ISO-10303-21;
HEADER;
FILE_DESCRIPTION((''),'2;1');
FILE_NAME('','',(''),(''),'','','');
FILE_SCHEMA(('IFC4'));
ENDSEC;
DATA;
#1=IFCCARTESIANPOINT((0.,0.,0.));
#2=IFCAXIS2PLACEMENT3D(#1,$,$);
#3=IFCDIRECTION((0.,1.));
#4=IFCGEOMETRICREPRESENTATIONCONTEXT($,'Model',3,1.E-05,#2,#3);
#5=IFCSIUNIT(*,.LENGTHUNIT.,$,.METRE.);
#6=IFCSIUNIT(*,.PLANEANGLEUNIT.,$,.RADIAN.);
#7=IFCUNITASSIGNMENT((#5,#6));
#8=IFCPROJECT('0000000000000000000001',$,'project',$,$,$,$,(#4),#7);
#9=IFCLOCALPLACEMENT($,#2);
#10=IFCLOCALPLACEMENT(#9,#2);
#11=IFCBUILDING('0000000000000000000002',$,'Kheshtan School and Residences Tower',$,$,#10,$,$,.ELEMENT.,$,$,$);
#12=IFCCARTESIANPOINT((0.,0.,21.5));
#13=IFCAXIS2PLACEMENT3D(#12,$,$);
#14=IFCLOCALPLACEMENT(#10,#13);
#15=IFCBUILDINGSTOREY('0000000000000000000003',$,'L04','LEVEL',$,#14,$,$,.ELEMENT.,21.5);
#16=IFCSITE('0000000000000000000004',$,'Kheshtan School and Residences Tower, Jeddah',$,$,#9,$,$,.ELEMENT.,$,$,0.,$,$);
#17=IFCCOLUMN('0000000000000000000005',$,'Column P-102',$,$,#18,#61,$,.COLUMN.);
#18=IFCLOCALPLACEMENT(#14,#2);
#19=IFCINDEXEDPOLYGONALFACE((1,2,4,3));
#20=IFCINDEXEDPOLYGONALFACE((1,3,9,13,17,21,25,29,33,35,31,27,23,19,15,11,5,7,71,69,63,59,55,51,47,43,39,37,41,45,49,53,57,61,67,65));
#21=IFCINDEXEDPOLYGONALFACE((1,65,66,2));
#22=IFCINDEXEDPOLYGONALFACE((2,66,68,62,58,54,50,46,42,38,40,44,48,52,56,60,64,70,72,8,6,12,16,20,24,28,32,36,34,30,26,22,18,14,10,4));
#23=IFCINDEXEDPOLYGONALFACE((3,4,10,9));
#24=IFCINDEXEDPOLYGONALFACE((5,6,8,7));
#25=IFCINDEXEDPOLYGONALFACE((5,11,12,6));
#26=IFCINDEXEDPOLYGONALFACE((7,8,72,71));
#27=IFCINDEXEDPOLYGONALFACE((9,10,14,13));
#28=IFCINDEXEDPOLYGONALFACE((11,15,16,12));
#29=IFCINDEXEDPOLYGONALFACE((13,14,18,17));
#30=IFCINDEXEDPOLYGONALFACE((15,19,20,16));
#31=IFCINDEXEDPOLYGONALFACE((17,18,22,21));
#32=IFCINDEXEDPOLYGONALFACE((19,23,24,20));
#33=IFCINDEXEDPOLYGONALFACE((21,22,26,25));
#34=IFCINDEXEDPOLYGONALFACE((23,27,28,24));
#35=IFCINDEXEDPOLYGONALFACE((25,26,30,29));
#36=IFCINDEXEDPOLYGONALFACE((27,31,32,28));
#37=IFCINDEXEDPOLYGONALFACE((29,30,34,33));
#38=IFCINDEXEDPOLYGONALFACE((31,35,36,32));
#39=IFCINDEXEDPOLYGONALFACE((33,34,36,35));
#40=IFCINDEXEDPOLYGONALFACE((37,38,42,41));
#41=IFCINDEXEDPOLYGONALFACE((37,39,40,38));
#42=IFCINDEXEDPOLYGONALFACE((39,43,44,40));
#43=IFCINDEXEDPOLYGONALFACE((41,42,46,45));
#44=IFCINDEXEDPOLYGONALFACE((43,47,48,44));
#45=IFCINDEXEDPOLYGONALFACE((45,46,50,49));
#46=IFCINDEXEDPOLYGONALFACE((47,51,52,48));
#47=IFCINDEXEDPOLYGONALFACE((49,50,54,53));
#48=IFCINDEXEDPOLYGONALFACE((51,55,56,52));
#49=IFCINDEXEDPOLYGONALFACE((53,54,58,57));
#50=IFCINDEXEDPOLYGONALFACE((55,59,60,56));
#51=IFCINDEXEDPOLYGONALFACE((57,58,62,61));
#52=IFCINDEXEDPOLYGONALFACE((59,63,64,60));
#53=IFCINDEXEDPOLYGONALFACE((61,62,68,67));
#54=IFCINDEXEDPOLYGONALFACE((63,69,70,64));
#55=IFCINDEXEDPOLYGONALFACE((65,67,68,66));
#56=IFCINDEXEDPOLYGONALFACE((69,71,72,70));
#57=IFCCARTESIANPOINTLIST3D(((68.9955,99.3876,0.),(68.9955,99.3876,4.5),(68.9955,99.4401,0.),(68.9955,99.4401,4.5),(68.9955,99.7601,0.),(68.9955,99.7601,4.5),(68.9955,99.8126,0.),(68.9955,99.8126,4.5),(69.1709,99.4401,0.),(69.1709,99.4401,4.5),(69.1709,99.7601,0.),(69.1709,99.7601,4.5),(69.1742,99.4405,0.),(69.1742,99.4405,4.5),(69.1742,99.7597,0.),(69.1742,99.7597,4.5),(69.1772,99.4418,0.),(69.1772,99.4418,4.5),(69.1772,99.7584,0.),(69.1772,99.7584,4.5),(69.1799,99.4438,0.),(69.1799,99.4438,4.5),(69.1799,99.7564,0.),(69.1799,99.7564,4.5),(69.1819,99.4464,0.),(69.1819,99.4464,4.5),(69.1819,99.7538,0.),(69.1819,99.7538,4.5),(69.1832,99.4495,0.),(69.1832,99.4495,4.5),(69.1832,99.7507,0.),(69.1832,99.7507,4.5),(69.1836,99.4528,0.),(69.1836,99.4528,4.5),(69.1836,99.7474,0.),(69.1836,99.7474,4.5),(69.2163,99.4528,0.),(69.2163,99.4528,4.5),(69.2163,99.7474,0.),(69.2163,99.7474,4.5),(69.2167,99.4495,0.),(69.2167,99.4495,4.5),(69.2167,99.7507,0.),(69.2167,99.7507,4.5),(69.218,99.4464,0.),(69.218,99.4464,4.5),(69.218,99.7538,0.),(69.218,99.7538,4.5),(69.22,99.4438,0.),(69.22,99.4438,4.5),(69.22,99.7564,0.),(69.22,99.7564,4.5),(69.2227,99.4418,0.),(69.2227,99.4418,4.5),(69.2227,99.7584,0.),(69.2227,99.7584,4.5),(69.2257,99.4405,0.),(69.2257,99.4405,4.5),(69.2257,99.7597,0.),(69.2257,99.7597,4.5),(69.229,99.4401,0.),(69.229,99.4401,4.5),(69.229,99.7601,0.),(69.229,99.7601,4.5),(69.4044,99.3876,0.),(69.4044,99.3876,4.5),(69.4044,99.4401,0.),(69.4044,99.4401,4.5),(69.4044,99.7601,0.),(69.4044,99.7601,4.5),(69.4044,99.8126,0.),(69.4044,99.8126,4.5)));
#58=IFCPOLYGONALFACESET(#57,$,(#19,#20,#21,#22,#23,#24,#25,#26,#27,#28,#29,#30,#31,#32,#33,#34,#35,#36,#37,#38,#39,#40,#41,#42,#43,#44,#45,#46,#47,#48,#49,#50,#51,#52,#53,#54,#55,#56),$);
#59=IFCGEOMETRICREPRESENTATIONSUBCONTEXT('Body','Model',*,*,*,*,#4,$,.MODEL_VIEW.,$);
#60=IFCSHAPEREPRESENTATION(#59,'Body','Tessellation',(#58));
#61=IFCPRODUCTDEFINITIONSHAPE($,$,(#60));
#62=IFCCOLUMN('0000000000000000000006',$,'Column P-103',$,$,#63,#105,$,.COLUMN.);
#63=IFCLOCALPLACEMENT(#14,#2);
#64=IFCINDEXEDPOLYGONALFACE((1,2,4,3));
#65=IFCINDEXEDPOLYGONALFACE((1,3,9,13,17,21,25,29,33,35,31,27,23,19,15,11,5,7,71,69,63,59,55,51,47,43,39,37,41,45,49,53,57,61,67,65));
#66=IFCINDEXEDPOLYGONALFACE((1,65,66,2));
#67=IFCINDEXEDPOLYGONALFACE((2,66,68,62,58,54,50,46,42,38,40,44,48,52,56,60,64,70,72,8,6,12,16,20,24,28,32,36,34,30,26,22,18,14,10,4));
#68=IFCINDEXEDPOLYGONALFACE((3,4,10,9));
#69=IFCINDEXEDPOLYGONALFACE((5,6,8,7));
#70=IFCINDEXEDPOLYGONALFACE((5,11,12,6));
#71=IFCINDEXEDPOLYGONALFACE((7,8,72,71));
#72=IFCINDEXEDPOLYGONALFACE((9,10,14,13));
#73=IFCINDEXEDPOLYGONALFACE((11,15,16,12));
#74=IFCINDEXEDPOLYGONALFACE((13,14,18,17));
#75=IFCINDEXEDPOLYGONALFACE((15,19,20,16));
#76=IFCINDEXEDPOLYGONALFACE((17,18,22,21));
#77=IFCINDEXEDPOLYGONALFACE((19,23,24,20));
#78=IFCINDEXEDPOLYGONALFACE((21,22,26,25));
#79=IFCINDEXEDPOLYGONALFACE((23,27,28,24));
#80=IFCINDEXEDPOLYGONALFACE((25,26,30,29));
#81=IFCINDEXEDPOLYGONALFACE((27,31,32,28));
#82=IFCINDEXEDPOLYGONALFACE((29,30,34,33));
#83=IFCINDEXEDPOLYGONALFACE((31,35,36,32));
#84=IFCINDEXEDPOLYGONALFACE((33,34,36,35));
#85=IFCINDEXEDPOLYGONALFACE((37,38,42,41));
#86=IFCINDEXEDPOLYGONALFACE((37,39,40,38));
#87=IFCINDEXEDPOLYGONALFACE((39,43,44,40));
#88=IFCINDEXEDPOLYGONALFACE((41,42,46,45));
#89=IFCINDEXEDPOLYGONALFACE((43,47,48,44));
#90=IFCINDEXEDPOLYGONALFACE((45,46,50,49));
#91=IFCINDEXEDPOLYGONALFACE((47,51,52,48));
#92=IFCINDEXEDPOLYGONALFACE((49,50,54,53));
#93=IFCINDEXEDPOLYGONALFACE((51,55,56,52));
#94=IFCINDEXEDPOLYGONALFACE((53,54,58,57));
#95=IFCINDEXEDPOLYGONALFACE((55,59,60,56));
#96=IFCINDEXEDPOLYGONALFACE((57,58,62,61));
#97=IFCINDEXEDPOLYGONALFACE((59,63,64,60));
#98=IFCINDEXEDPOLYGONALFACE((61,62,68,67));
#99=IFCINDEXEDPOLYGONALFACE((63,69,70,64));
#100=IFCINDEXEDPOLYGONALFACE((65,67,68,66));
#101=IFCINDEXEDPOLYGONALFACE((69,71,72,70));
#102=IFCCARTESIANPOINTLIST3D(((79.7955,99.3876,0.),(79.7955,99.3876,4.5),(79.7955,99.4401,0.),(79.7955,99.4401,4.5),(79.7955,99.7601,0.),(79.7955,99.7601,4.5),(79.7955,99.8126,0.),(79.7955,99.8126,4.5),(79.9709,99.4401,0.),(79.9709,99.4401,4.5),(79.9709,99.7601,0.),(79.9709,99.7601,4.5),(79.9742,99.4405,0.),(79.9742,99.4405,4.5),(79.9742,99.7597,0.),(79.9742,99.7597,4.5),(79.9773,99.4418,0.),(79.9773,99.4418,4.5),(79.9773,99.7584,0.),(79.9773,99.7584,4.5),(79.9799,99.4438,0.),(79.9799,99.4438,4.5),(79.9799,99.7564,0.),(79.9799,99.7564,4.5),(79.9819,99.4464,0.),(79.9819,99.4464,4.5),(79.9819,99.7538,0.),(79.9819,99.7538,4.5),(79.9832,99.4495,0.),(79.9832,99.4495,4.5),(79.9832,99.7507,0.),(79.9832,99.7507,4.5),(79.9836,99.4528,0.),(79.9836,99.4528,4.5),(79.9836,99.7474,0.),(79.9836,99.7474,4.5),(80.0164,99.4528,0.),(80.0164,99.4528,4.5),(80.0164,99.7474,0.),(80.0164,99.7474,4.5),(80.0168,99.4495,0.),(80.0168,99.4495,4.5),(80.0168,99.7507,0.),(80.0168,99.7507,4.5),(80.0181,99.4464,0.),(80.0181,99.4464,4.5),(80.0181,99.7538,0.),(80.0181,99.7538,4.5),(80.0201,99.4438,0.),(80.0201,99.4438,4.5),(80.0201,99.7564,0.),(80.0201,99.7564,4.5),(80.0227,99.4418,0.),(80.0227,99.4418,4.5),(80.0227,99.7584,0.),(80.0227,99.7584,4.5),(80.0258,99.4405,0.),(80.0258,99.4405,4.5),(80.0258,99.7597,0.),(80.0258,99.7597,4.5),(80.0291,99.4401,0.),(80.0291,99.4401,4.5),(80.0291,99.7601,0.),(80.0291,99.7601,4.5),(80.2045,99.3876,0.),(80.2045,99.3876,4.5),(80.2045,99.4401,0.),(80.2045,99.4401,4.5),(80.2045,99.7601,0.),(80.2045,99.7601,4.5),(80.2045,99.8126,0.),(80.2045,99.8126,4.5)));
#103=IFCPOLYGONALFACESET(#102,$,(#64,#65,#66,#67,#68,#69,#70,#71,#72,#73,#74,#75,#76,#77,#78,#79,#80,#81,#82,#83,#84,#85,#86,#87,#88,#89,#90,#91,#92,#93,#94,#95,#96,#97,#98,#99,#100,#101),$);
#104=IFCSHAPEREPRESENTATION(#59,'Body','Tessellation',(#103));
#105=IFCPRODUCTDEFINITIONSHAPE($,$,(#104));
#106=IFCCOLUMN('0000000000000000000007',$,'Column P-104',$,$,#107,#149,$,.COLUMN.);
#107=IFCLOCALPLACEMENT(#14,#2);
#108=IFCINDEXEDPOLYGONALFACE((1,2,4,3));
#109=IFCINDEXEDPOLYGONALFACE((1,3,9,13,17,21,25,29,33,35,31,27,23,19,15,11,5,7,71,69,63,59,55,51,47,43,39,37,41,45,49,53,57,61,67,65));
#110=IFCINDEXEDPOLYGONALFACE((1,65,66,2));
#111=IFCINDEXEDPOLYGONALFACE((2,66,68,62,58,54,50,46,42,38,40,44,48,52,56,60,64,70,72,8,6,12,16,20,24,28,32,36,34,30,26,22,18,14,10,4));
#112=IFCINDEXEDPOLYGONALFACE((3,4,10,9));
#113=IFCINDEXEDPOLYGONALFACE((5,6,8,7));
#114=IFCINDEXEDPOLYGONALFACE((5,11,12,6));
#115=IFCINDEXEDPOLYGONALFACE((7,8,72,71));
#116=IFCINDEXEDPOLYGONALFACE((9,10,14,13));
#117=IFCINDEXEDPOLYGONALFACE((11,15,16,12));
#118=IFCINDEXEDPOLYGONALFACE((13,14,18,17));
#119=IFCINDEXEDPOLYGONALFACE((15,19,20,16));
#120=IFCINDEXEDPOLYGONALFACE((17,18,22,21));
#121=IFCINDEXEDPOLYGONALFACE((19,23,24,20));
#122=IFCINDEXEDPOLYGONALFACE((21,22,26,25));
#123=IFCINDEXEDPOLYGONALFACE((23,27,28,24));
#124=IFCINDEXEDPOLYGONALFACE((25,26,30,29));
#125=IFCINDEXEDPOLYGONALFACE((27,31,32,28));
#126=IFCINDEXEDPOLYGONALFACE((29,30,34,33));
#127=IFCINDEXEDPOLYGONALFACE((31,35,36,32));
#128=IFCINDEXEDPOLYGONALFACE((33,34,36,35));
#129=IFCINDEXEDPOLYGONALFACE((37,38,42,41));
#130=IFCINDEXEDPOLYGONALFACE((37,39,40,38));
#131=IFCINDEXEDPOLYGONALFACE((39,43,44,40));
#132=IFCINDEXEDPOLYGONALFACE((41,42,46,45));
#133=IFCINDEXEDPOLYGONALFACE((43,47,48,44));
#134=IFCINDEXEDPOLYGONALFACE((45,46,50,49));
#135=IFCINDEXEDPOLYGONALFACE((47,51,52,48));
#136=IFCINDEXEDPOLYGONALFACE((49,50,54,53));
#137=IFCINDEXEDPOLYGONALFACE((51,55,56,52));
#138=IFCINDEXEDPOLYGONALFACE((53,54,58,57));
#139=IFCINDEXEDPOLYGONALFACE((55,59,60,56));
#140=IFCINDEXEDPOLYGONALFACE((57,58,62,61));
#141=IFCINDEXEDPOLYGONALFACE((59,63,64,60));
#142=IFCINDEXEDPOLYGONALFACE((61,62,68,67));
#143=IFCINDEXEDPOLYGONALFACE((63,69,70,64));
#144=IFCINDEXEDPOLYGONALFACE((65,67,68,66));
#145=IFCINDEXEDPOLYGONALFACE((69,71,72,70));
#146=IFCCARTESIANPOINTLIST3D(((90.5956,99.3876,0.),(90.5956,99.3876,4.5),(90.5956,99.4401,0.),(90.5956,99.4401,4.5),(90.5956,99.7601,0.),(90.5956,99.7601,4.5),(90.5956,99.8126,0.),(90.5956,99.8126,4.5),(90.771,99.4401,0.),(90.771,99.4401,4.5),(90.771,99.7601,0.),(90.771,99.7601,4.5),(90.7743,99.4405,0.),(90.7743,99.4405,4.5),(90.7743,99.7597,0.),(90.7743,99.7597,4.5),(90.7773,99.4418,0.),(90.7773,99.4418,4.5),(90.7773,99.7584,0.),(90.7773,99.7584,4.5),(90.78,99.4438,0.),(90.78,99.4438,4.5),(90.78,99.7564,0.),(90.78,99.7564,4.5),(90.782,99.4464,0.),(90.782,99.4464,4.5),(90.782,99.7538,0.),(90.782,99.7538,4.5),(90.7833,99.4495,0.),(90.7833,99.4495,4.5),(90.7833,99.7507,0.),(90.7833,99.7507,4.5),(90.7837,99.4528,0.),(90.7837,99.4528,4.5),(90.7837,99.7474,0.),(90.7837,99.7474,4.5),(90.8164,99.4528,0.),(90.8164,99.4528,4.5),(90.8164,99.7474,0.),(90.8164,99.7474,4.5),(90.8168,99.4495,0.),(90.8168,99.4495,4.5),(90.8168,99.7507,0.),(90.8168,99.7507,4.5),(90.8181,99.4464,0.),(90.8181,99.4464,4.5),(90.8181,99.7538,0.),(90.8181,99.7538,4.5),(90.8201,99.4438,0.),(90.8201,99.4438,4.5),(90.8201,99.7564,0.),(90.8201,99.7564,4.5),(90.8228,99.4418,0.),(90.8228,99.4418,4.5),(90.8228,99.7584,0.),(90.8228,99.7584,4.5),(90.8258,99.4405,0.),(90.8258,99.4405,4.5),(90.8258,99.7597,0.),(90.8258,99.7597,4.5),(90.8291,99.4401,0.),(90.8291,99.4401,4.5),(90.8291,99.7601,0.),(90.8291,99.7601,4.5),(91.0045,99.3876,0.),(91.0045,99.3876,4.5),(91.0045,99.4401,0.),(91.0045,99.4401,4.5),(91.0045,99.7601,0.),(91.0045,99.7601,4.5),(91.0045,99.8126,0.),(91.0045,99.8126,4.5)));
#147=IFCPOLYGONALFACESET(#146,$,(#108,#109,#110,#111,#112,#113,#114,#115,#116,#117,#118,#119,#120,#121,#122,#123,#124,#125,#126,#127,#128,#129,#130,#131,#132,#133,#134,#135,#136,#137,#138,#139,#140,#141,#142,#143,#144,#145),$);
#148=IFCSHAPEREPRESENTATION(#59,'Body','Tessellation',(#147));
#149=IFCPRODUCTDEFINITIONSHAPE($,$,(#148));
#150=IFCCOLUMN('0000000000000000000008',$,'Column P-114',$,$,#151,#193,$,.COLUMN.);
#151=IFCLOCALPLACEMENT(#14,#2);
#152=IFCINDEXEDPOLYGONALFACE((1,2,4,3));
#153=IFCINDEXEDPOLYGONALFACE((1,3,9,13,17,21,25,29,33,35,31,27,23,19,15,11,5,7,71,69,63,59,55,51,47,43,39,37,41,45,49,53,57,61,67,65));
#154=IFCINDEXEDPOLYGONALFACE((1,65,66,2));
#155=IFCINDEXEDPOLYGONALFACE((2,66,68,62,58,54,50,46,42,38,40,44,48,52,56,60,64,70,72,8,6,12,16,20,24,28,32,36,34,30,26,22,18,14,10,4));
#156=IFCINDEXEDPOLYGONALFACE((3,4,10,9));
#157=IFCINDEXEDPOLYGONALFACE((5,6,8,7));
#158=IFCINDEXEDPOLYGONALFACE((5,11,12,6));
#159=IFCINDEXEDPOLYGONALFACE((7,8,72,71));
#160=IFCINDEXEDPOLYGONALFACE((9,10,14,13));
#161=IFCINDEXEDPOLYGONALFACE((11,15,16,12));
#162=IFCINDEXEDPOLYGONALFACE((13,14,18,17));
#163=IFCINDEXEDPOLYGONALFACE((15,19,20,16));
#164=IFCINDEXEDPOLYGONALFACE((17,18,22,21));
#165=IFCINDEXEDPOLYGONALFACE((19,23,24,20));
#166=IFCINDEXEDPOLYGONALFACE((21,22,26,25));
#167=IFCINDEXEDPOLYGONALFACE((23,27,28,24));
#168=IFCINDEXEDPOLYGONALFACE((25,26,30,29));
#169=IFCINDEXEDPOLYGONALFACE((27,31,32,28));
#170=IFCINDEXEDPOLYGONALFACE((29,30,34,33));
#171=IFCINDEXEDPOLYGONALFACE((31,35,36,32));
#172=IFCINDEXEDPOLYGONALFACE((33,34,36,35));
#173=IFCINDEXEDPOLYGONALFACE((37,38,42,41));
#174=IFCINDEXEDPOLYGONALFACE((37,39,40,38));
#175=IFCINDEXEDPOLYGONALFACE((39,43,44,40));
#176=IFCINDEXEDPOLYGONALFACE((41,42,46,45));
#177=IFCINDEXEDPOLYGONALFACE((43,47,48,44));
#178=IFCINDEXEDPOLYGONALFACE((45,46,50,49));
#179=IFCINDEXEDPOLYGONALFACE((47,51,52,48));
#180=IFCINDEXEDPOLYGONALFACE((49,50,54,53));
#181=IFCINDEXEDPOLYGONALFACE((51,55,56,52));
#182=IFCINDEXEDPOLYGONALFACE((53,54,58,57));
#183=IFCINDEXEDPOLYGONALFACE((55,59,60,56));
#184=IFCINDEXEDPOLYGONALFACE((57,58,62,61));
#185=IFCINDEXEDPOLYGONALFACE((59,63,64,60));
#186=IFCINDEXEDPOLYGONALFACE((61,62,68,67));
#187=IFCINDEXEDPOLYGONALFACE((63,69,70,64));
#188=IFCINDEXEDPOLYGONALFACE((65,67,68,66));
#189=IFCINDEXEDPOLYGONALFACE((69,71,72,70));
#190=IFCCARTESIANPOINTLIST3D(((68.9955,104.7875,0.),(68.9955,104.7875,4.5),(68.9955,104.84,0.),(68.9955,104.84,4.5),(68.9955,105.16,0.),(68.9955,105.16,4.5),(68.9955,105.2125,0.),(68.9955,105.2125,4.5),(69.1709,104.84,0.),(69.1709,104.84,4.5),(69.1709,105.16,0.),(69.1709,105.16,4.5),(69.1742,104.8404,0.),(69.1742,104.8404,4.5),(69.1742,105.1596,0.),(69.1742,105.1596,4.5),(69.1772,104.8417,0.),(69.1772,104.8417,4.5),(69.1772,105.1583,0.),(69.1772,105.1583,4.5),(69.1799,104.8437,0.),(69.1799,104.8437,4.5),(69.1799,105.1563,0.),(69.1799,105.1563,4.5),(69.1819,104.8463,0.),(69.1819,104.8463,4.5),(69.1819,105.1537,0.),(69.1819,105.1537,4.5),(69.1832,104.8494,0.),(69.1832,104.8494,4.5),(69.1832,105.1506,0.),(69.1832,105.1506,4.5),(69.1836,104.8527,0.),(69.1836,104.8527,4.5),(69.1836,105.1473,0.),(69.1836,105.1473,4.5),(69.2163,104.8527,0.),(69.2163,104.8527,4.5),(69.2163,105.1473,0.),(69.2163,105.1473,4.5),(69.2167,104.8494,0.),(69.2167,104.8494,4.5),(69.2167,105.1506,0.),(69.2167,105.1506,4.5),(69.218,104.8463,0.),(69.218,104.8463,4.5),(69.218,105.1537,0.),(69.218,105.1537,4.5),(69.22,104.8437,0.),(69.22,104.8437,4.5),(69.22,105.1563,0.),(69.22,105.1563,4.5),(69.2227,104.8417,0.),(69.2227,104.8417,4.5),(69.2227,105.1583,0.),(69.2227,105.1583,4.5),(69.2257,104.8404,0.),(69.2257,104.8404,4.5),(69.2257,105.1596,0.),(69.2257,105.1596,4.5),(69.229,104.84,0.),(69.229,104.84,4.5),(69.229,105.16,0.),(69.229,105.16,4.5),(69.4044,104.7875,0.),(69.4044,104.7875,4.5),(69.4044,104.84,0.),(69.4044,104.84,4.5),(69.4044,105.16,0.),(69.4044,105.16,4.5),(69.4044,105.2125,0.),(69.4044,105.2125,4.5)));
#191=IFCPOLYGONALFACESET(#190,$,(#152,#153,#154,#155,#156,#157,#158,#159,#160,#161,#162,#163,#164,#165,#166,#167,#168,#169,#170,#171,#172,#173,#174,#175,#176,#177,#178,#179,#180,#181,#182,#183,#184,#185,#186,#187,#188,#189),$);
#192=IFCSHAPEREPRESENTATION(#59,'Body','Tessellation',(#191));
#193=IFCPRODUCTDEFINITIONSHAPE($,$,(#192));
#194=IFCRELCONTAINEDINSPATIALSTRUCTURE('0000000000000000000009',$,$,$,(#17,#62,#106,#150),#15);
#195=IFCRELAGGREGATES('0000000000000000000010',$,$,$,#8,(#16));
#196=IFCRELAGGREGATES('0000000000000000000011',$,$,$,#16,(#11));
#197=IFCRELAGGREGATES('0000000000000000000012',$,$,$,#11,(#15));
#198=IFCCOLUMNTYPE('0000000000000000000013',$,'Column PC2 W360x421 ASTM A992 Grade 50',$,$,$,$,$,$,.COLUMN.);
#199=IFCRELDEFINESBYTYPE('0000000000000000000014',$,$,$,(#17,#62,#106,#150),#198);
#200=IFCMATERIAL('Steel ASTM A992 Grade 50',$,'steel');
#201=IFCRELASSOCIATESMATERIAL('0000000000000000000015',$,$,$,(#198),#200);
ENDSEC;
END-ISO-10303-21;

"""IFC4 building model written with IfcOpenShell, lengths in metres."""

from ifc_helpers import new_model, si_unit, direction, frame, origin, origin_2d, place, context, subcontext, project, spatial, i_section, extrude, material, material_profile, profile_set, type_object, element, save


model = new_model("IFC4")

# Units and contexts
model_context = context("Model", 3, precision=1e-05, world=origin(), true_north=direction((0.0, 1.0)))
body_context = subcontext(model_context, "Body", "Model", "MODEL_VIEW")
ifc_project = project(units=[si_unit("LENGTHUNIT", "METRE"), si_unit("PLANEANGLEUNIT", "RADIAN")], contexts=[model_context])

# Site, building, storey
site_placement = place(None, origin())
site = spatial("IfcSite", under=ifc_project, at=site_placement, Name="Kheshtan School and Residences Tower, Jeddah", CompositionType="ELEMENT", RefElevation=0.0)
building_placement = place(site_placement, origin())
building = spatial("IfcBuilding", under=site, at=building_placement, Name="Kheshtan School and Residences Tower", CompositionType="ELEMENT")
storey_placement = place(building_placement, frame((0.0, 0.0, 21.5)))
storey = spatial("IfcBuildingStorey", under=building, at=storey_placement, Name="L04", Description="LEVEL", CompositionType="ELEMENT", Elevation=21.5)

# Columns
ifc_material_1 = material(Name="Steel ASTM A992 Grade 50", Category="steel")
ifc_material_profile_1 = material_profile(ifc_material_1, i_section(OverallWidth=0.4089, OverallDepth=0.425, WebThickness=0.0327, FlangeThickness=0.0525, FilletRadius=0.0127, at=origin_2d()), Name="W360x421")
ifc_profile_set_1 = profile_set([ifc_material_profile_1], Name="Steel ASTM A992 Grade 50")
column_type = type_object("IfcColumnType", Name="Column PC2 W360x421 ASTM A992 Grade 50", PredefinedType="COLUMN", material=ifc_profile_set_1)
for number, where, z_axis, x_axis, name in (
    (1, (69.2, 99.6001, 0.0), (0.0, 0.0, 1.0), (1.0, 0.0, 0.0), "Column P-102"),
    (2, (80.0, 99.6001, 0.0), (0.0, 0.0, 1.0), (1.0, 0.0, 0.0), "Column P-103"),
    (3, (90.8, 99.6001, 0.0), (0.0, 0.0, 1.0), (1.0, 0.0, 0.0), "Column P-104"),
    (4, (69.2, 105.0, 0.0), (0.0, 0.0, 1.0), (1.0, 0.0, 0.0), "Column P-114"),
):
    element("IfcColumn", number, at=place(storey_placement, frame(where, z_axis=z_axis, x_axis=x_axis)), inside=storey, type_object=column_type, Name=name, PredefinedType="COLUMN", context=body_context, shape_type="SweptSolid", body=[
        extrude(i_section(OverallWidth=0.4089, OverallDepth=0.425, WebThickness=0.0327, FlangeThickness=0.0525, FilletRadius=0.0127, at=origin_2d()), origin(), (0.0, 0.0, 1.0), 4.5),
    ])

save(model, "model.ifc")
